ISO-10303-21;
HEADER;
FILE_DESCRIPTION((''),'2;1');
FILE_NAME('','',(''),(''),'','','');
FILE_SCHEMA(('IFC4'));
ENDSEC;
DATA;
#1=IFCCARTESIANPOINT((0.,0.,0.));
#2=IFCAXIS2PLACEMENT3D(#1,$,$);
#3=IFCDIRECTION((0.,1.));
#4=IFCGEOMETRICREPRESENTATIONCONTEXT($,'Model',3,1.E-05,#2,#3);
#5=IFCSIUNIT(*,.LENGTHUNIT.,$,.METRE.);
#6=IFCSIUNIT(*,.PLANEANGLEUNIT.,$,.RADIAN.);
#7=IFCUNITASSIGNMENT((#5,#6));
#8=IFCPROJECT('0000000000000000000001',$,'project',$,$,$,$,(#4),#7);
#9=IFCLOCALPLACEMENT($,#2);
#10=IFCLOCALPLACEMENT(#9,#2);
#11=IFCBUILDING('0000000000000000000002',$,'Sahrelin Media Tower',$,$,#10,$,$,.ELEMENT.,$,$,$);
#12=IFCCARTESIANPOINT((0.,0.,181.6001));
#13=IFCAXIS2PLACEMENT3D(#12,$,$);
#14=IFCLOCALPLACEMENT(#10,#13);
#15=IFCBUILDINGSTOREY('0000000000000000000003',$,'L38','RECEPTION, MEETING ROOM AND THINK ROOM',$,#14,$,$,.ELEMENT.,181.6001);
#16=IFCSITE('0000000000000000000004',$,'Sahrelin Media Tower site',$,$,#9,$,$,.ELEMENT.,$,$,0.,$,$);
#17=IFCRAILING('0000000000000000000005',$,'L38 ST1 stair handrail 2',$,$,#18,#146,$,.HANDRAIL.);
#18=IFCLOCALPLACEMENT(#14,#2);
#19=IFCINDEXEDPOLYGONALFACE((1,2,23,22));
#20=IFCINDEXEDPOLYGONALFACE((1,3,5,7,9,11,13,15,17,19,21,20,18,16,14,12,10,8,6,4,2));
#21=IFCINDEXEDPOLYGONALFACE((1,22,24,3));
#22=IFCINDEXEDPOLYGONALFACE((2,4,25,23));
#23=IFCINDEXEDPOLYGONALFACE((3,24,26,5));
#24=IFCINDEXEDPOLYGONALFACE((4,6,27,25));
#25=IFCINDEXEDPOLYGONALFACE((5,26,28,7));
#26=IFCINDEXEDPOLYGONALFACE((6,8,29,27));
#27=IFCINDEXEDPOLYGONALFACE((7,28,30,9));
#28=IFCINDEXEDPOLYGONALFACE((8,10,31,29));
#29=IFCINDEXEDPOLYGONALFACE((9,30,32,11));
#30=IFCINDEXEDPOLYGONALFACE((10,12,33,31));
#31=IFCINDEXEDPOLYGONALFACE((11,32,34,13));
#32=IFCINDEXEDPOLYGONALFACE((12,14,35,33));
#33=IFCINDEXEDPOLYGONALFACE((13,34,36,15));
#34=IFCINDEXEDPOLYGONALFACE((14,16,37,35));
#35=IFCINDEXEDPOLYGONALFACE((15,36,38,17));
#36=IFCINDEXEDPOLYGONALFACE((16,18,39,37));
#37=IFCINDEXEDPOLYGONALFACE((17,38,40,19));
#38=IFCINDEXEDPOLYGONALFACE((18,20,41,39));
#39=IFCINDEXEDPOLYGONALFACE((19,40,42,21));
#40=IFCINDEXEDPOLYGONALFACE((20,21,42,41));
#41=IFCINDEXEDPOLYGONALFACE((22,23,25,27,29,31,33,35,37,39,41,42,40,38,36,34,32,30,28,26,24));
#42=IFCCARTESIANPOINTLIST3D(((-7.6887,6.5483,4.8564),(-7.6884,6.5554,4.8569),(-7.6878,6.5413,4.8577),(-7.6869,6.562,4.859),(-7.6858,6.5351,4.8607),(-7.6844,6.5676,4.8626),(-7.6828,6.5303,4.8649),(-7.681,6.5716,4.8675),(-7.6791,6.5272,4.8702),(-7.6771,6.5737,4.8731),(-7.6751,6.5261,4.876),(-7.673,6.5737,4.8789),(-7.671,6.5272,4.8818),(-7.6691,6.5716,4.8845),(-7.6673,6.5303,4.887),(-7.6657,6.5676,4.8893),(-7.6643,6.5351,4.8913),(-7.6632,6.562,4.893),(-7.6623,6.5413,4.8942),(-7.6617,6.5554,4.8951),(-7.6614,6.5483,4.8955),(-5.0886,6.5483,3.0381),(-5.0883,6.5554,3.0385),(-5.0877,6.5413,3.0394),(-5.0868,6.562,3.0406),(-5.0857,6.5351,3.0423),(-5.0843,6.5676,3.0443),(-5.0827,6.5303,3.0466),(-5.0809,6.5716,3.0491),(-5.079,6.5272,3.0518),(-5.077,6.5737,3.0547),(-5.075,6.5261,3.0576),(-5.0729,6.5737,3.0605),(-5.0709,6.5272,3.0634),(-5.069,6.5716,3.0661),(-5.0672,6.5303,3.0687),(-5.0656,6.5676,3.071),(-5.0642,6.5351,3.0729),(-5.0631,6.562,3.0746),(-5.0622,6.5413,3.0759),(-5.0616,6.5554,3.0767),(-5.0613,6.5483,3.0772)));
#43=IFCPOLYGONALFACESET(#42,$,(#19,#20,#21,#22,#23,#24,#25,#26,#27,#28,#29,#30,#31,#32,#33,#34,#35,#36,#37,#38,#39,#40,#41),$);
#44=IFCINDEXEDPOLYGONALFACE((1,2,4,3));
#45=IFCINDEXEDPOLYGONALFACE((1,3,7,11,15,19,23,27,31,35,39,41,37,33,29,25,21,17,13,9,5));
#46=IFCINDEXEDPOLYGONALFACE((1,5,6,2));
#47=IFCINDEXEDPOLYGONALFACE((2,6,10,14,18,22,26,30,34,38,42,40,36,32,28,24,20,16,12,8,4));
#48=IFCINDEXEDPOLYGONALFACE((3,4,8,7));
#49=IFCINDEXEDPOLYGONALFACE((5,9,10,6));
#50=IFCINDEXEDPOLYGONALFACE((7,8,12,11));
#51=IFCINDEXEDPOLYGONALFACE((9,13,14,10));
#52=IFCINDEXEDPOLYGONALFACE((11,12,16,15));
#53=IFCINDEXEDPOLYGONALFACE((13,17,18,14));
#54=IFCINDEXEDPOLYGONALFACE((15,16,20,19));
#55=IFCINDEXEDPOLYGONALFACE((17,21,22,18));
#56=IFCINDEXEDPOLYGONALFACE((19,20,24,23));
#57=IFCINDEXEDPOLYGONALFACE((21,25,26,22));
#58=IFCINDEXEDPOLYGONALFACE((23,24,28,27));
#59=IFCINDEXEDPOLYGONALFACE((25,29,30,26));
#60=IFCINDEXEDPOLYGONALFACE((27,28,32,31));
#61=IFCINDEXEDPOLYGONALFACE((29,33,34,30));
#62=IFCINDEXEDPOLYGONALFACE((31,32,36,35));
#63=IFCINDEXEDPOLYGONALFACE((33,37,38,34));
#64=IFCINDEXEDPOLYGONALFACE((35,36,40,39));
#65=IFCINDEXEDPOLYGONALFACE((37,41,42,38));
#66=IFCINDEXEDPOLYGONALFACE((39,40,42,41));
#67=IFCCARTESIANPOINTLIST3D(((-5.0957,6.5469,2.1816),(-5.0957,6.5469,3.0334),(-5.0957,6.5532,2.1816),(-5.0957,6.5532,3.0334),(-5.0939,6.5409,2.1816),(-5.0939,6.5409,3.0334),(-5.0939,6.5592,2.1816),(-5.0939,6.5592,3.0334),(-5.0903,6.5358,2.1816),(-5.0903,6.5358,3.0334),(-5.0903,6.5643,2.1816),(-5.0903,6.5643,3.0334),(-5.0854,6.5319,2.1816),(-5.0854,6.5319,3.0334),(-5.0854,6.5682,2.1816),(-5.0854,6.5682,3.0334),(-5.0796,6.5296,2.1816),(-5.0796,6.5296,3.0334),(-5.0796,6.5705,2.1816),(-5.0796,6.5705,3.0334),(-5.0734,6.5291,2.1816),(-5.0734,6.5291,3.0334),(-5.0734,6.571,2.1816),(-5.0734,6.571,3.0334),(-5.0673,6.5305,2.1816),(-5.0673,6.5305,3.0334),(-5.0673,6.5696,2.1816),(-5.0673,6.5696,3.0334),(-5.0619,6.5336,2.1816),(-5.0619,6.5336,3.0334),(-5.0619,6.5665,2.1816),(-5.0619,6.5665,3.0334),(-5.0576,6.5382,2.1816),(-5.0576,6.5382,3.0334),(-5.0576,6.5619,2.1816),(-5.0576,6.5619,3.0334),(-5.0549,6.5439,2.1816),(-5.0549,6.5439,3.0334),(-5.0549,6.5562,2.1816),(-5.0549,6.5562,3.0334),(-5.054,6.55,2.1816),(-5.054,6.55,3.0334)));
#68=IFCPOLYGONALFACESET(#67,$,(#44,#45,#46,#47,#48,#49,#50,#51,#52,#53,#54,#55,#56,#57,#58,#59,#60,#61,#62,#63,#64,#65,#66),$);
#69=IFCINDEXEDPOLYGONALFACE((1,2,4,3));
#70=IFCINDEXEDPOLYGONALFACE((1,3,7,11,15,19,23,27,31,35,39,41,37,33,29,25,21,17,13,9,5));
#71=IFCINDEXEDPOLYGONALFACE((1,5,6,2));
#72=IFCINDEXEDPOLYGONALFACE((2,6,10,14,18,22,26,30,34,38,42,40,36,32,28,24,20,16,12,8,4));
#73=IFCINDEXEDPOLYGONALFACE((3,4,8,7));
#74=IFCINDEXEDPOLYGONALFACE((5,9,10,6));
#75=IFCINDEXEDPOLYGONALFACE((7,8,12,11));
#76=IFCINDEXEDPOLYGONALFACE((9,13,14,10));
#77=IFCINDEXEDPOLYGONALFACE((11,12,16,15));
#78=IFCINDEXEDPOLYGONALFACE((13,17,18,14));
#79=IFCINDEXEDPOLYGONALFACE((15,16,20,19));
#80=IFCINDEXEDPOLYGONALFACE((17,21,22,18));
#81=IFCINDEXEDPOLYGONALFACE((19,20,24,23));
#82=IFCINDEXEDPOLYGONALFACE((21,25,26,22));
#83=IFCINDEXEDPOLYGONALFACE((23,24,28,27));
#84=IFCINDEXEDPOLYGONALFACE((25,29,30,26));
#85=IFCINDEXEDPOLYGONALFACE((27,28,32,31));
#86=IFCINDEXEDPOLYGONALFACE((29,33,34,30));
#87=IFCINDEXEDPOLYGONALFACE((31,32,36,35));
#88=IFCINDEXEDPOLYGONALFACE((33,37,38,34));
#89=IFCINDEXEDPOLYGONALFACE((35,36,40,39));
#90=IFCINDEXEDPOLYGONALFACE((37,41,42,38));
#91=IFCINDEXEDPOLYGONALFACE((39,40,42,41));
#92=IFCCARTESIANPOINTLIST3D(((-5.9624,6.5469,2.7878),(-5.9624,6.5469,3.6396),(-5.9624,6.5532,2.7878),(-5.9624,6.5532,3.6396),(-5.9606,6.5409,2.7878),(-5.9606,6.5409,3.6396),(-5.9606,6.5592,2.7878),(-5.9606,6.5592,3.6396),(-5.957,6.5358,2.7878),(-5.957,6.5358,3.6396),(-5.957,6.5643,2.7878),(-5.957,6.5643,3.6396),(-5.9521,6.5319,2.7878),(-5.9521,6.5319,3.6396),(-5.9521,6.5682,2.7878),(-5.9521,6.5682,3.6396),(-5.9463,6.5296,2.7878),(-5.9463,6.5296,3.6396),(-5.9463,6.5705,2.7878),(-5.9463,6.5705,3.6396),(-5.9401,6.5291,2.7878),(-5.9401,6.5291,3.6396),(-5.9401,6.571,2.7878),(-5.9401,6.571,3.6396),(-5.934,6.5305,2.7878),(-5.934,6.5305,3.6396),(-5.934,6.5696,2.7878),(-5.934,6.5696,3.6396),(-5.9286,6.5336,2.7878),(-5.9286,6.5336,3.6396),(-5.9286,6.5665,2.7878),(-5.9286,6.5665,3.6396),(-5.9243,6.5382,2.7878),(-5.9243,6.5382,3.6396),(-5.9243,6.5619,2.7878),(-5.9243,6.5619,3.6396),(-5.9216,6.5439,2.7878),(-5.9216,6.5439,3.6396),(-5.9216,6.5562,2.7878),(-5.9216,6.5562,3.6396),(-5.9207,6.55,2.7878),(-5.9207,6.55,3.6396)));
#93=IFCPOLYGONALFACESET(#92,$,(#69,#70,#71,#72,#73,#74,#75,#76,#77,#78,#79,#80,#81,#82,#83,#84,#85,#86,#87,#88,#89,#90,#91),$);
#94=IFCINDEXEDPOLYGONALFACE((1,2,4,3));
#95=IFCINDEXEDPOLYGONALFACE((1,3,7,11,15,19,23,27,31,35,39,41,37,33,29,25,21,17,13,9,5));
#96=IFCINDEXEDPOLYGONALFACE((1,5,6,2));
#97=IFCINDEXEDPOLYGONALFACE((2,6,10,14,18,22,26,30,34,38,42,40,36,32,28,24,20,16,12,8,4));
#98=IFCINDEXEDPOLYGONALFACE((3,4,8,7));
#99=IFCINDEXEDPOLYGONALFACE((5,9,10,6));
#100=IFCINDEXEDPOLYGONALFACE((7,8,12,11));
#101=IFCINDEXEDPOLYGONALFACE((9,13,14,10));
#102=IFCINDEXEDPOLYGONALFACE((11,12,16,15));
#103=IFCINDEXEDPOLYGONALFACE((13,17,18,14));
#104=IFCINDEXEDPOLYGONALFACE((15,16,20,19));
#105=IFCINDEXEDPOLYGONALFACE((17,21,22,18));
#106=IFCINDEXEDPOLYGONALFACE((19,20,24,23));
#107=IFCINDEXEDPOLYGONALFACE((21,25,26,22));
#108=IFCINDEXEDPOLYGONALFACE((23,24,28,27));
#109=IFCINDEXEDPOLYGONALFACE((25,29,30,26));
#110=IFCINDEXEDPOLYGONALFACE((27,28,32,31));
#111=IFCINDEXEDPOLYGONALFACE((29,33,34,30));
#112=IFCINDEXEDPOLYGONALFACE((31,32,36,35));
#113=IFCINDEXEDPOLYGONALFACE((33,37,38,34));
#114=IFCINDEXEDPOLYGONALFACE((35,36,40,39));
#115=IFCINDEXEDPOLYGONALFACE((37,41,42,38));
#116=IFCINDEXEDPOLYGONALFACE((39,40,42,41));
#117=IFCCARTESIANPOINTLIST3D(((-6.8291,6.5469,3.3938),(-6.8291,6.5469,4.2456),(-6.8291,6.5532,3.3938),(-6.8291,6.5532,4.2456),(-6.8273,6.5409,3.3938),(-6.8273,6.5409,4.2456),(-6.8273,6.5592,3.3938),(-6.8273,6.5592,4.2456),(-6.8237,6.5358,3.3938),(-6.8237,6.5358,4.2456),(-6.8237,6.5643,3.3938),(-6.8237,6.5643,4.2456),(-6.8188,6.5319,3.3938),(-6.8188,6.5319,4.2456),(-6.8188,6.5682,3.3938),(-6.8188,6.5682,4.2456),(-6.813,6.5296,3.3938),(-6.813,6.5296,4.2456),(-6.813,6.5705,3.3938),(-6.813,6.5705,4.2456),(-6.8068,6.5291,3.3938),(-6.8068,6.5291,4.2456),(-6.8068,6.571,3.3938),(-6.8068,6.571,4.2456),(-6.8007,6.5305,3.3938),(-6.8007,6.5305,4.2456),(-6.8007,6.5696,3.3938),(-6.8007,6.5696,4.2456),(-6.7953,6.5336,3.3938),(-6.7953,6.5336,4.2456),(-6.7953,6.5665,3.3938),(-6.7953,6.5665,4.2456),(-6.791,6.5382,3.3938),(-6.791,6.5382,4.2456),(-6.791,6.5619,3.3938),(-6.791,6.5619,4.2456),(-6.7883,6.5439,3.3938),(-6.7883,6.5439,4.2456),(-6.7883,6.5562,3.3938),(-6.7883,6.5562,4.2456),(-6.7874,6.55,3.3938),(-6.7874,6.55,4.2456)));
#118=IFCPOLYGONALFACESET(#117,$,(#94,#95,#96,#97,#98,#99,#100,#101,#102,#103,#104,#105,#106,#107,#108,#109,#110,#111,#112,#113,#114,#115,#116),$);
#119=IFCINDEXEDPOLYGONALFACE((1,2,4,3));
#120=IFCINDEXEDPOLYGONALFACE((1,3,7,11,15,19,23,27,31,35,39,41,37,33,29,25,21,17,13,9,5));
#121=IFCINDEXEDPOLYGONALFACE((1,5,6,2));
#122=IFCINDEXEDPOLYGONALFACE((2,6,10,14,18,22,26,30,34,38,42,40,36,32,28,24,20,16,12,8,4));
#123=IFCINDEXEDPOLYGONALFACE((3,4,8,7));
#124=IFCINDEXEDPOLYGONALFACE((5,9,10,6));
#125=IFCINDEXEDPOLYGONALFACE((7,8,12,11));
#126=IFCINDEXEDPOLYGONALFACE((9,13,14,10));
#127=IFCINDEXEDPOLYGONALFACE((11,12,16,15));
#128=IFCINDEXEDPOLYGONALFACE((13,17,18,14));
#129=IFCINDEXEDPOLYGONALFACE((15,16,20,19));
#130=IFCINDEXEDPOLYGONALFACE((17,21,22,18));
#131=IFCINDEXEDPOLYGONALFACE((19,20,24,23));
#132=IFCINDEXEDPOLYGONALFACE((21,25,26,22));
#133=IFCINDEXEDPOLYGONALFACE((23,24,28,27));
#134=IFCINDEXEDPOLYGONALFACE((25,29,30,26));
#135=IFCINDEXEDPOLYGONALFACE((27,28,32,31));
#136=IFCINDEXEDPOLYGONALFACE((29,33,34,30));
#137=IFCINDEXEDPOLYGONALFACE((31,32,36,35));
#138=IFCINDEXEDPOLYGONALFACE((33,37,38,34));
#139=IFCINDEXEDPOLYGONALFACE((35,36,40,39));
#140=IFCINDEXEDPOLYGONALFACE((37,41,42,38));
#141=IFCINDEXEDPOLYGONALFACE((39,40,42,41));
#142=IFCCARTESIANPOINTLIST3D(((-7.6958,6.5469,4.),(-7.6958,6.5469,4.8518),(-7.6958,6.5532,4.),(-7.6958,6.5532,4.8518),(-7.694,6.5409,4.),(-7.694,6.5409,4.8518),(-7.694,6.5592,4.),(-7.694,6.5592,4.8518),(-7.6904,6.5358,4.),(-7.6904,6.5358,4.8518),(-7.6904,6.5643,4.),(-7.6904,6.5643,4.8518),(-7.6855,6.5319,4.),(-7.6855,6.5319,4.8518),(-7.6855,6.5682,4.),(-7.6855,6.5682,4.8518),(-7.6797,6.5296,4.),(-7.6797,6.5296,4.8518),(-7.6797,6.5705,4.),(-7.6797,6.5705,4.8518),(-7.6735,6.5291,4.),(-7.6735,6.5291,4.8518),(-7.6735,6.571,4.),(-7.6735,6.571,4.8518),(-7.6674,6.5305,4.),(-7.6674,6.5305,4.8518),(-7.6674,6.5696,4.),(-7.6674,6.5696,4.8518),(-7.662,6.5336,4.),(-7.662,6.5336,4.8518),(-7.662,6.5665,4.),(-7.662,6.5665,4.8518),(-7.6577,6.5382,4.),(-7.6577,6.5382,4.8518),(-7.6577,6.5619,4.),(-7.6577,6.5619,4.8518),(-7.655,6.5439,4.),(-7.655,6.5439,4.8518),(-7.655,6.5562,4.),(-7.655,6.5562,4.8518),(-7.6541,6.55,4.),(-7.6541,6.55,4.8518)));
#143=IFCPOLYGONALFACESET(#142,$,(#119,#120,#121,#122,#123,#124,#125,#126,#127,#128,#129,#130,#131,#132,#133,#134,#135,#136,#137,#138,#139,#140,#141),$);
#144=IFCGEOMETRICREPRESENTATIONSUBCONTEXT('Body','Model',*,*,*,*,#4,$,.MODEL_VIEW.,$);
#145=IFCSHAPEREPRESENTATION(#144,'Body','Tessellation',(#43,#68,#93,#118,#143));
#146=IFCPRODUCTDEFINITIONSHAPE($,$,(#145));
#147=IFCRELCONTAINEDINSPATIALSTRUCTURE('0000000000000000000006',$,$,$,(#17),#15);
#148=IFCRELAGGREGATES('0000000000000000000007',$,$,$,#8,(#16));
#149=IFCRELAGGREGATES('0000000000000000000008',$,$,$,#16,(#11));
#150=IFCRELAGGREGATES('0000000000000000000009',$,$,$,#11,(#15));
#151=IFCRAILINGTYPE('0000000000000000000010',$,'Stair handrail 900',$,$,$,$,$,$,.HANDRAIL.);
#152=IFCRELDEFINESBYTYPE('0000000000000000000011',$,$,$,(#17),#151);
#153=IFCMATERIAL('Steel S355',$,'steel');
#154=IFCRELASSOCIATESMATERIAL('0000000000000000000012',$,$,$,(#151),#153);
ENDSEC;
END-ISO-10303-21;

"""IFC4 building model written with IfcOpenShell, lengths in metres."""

from ifc_helpers import new_model, si_unit, direction, frame, origin, origin_2d, place, context, subcontext, project, spatial, circle, extrude, material, type_object, element, save


model = new_model("IFC4")

# Units and contexts
model_context = context("Model", 3, precision=1e-05, world=origin(), true_north=direction((0.0, 1.0)))
body_context = subcontext(model_context, "Body", "Model", "MODEL_VIEW")
ifc_project = project(units=[si_unit("LENGTHUNIT", "METRE"), si_unit("PLANEANGLEUNIT", "RADIAN")], contexts=[model_context])

# Site, building, storey
site_placement = place(None, origin())
site = spatial("IfcSite", under=ifc_project, at=site_placement, Name="Sahrelin Media Tower site", CompositionType="ELEMENT", RefElevation=0.0)
building_placement = place(site_placement, origin())
building = spatial("IfcBuilding", under=site, at=building_placement, Name="Sahrelin Media Tower", CompositionType="ELEMENT")
storey_placement = place(building_placement, frame((0.0, 0.0, 181.6001)))
storey = spatial("IfcBuildingStorey", under=building, at=storey_placement, Name="L38", Description="RECEPTION, MEETING ROOM AND THINK ROOM", CompositionType="ELEMENT", Elevation=181.6001)

# Shared definitions
ifc_material_1 = material(Name="Steel S355", Category="steel")

# Railing
railing_type_1 = type_object("IfcRailingType", Name="Stair handrail 900", PredefinedType="HANDRAIL", material=ifc_material_1)
railing_1_placement = place(storey_placement, frame((-5.075, 6.55, 2.1816)))
element("IfcRailing", 1, at=railing_1_placement, inside=storey, type_object=railing_type_1, Name="L38 ST1 stair handrail 2", PredefinedType="HANDRAIL", context=body_context, shape_type="SweptSolid", body=[
    extrude(circle(Radius=0.0239, at=origin_2d()), frame((0.0, 0.0, 0.876), z_axis=(-0.819485, 0.0, 0.573101), x_axis=(0.0, -1.0, 0.0)), (0.0, 0.0, 1.0), 3.1729),
    extrude(circle(Radius=0.021, at=origin_2d()), origin(), (0.0, 0.0, 1.0), 0.8518),
    extrude(circle(Radius=0.021, at=origin_2d()), frame((-0.8667, 0.0, 0.6062)), (0.0, 0.0, 1.0), 0.8518),
    extrude(circle(Radius=0.021, at=origin_2d()), frame((-1.7334, 0.0, 1.2122)), (0.0, 0.0, 1.0), 0.8518),
    extrude(circle(Radius=0.021, at=origin_2d()), frame((-2.6001, 0.0, 1.8184)), (0.0, 0.0, 1.0), 0.8518),
])

save(model, "model.ifc")
